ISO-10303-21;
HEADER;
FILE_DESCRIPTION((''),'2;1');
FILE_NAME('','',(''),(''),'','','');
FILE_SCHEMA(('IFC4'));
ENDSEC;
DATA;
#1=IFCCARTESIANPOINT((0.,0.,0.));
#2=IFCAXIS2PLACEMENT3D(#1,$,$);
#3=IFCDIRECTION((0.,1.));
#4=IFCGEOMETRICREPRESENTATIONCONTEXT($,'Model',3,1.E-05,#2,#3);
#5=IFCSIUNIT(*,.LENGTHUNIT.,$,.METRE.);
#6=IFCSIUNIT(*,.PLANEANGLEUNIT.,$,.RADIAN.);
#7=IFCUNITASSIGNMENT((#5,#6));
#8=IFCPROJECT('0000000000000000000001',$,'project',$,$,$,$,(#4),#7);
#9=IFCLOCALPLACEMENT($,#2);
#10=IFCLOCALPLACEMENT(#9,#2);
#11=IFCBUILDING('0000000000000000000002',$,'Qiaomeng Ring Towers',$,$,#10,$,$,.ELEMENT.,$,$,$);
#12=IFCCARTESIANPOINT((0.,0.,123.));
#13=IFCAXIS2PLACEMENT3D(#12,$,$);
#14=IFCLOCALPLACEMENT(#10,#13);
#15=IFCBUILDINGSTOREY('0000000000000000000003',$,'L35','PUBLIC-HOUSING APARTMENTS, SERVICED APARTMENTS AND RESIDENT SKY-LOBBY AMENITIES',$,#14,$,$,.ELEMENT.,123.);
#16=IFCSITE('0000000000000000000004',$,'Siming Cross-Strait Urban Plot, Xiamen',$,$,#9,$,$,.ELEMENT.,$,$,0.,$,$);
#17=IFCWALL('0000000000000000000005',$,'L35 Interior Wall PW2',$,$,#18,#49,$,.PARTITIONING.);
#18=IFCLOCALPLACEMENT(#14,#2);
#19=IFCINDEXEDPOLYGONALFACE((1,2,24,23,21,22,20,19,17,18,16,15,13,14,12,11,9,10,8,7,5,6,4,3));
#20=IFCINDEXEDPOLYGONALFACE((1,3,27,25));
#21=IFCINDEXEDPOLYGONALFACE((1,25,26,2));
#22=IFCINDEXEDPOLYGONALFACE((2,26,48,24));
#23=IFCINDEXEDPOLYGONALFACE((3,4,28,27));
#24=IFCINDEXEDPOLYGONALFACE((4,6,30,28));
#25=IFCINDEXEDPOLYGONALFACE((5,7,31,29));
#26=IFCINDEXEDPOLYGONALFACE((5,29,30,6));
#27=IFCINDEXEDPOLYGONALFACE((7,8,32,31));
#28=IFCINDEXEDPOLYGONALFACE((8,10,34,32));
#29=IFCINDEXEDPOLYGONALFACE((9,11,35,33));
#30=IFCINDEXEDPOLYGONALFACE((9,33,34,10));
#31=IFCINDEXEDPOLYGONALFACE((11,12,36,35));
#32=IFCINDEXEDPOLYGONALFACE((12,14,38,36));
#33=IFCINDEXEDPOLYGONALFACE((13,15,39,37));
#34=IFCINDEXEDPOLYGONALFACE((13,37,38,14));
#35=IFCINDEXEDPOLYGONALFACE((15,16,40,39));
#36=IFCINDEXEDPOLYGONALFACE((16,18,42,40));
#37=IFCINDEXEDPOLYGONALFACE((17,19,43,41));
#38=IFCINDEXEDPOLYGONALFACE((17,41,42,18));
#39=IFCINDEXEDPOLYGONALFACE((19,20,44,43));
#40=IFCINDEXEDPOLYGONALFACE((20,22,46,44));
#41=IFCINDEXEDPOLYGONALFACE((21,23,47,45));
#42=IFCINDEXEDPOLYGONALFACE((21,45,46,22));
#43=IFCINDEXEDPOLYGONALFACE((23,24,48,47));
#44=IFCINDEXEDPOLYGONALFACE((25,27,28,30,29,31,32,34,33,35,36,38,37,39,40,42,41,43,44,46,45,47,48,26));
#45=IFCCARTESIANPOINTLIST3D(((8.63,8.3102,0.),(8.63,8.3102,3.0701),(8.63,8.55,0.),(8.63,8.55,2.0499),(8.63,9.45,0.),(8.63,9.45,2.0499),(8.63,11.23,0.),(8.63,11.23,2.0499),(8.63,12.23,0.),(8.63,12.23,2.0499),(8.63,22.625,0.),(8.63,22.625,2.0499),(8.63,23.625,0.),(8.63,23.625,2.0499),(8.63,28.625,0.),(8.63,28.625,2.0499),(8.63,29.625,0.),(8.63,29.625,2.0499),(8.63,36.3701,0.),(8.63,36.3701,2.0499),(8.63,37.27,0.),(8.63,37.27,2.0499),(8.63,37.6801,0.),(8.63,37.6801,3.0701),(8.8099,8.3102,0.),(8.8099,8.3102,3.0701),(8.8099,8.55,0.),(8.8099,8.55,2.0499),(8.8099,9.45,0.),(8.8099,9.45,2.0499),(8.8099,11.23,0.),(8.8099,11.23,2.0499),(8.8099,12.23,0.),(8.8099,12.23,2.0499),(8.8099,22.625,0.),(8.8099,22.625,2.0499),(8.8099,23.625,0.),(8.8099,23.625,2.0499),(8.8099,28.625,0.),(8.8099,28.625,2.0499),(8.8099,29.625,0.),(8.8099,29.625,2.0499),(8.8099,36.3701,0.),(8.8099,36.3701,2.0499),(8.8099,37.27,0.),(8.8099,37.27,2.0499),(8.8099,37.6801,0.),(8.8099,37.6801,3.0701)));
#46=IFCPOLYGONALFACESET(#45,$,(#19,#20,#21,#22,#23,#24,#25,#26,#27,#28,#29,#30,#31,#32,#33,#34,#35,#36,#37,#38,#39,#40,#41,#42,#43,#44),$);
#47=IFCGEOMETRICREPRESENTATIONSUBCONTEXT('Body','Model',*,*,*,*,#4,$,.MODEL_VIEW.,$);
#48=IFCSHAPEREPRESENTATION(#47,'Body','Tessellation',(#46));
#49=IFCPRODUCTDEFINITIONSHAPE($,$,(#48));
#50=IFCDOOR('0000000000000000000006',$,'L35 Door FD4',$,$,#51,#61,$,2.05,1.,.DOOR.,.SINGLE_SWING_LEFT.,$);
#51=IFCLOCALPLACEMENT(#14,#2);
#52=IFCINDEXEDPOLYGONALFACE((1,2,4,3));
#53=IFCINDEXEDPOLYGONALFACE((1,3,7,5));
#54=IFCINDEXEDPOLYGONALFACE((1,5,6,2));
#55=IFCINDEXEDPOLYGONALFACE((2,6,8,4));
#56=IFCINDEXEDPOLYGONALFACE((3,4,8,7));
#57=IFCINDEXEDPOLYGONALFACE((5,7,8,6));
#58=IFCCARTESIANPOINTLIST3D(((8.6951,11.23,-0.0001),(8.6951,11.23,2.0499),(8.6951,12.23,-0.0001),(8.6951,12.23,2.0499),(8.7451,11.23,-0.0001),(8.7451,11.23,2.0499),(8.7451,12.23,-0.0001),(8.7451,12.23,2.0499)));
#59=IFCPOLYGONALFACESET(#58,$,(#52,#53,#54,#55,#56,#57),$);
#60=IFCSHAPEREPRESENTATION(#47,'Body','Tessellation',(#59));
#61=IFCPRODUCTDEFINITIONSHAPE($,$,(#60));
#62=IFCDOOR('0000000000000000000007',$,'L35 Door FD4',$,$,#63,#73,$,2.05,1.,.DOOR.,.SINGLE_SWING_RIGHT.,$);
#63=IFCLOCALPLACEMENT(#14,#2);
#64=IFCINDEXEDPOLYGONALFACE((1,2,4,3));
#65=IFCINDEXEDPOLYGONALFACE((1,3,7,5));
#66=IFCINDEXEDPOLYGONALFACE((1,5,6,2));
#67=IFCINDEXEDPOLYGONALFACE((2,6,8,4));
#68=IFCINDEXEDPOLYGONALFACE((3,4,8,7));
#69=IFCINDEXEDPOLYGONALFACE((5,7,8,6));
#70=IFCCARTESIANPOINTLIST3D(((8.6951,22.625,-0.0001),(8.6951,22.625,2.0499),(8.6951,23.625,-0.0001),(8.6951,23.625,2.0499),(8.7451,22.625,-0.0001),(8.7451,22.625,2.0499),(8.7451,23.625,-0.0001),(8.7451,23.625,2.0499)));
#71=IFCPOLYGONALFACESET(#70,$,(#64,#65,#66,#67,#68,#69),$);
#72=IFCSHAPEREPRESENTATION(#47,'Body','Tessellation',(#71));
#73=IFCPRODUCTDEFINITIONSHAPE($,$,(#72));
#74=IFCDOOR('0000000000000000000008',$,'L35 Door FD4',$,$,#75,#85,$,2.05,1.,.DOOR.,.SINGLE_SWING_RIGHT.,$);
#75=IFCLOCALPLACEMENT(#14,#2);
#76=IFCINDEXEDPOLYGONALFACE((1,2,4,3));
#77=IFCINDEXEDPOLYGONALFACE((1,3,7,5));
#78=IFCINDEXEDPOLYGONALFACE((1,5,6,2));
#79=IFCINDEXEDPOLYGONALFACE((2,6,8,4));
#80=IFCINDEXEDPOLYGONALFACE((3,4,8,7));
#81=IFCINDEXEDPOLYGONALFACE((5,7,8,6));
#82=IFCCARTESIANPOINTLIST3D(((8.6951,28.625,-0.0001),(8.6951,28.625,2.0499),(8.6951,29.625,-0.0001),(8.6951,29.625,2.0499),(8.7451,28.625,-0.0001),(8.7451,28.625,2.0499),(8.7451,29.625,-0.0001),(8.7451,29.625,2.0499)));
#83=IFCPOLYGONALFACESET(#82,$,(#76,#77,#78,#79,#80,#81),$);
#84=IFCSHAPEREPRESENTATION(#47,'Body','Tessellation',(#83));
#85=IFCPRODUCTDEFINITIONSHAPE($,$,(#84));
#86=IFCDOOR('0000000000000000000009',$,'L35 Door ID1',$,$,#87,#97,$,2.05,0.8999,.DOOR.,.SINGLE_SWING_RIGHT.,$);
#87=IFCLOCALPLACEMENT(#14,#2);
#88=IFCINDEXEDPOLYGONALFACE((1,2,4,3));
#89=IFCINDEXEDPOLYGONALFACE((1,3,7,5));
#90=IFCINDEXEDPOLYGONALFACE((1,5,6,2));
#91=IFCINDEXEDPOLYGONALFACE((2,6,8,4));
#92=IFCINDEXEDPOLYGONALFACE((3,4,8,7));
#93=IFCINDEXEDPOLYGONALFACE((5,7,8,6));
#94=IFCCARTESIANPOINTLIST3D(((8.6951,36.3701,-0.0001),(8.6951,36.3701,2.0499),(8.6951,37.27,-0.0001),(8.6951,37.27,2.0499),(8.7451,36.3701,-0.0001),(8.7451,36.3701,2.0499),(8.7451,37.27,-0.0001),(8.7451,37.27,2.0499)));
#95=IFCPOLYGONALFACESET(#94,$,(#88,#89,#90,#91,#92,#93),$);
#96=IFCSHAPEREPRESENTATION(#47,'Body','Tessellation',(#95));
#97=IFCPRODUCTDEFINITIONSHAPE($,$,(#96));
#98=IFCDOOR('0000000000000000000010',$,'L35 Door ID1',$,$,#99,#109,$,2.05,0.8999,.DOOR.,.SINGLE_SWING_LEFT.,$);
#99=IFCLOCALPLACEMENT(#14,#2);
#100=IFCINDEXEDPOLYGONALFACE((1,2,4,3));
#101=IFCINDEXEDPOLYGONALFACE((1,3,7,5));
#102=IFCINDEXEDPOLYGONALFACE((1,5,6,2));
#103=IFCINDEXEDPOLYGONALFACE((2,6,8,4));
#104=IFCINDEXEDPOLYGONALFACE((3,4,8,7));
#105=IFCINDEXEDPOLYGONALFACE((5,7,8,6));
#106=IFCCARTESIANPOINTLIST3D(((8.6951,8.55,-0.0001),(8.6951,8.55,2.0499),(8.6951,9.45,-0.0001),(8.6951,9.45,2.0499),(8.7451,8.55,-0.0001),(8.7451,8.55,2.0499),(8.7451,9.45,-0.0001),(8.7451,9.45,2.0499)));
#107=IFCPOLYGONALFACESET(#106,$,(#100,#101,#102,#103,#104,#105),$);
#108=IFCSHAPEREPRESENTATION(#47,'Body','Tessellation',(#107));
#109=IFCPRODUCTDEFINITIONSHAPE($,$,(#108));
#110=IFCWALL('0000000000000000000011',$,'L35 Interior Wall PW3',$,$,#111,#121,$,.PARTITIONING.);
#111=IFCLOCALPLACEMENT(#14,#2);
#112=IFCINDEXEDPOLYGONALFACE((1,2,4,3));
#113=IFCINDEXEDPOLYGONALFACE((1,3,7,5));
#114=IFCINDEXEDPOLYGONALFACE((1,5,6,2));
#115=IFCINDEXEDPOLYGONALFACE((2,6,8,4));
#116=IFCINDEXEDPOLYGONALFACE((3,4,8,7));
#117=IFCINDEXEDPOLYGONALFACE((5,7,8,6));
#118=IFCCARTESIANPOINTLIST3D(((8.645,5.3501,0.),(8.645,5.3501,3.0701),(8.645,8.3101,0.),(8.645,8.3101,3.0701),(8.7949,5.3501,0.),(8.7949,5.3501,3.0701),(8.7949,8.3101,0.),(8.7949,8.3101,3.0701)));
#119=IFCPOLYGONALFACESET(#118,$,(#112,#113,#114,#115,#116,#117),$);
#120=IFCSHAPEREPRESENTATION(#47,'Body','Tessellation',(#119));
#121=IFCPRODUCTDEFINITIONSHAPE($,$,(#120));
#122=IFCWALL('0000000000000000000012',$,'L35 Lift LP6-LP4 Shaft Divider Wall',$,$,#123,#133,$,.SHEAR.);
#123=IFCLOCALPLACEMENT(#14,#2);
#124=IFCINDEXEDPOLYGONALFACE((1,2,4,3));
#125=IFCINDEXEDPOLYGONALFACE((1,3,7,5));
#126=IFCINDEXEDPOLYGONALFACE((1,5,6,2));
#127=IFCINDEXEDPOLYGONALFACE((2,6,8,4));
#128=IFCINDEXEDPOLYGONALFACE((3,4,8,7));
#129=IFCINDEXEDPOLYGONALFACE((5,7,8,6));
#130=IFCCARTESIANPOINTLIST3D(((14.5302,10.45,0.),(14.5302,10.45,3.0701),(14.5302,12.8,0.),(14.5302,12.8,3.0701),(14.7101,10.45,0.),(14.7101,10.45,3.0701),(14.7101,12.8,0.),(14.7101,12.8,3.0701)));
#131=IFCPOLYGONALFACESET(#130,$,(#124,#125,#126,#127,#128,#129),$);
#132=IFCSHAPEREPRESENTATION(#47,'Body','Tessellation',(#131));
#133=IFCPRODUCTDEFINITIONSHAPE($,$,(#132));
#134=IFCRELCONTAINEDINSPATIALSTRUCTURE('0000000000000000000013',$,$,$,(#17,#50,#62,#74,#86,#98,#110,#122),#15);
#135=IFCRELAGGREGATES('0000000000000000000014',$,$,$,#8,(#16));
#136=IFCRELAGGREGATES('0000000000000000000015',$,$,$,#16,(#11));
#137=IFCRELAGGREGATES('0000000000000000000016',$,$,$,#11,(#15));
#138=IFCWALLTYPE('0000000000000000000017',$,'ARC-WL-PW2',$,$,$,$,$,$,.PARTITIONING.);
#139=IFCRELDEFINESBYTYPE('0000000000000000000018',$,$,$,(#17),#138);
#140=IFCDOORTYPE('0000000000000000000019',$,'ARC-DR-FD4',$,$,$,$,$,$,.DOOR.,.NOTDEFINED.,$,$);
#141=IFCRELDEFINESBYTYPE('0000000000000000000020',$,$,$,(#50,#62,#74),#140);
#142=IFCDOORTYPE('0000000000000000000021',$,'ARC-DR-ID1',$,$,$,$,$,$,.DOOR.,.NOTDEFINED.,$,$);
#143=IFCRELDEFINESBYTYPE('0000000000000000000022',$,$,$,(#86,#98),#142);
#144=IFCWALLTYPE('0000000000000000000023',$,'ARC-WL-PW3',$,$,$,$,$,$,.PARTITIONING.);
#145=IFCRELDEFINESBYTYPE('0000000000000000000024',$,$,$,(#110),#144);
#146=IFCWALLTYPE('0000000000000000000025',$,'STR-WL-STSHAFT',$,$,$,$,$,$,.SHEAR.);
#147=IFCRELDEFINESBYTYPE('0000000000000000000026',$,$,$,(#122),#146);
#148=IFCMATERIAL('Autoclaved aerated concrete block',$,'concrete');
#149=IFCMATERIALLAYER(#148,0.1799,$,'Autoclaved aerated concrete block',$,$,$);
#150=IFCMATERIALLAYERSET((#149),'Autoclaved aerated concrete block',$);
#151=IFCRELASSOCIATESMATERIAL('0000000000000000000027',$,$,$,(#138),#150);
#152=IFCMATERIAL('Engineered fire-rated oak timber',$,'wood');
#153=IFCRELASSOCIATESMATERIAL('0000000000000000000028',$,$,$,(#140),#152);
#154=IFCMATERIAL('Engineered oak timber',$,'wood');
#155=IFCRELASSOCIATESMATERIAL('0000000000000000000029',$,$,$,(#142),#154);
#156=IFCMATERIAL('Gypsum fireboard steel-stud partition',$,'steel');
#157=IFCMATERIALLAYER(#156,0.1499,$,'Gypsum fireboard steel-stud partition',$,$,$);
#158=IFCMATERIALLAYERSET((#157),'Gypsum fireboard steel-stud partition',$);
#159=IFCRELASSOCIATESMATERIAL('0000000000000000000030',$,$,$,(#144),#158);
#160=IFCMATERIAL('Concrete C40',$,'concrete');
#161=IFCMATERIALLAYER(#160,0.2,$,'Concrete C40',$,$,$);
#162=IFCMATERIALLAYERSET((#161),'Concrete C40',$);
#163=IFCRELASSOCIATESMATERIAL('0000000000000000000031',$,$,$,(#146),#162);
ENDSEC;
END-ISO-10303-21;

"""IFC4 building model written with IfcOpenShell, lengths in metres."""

from ifc_helpers import new_model, si_unit, direction, frame, frame_2d, origin, place, context, subcontext, project, spatial, rectangle, extrude, source, transform, mapped, material, layer, layer_set, type_object, element, fill, save


model = new_model("IFC4")

# Units and contexts
model_context = context("Model", 3, precision=1e-05, world=origin(), true_north=direction((0.0, 1.0)))
body_context = subcontext(model_context, "Body", "Model", "MODEL_VIEW")
ifc_project = project(units=[si_unit("LENGTHUNIT", "METRE"), si_unit("PLANEANGLEUNIT", "RADIAN")], contexts=[model_context])

# Site, building, storey
site_placement = place(None, origin())
site = spatial("IfcSite", under=ifc_project, at=site_placement, Name="Siming Cross-Strait Urban Plot, Xiamen", CompositionType="ELEMENT", RefElevation=0.0)
building_placement = place(site_placement, origin())
building = spatial("IfcBuilding", under=site, at=building_placement, Name="Qiaomeng Ring Towers", CompositionType="ELEMENT")
storey_placement = place(building_placement, frame((0.0, 0.0, 123.0)))
storey = spatial("IfcBuildingStorey", under=building, at=storey_placement, Name="L35", Description="PUBLIC-HOUSING APARTMENTS, SERVICED APARTMENTS AND RESIDENT SKY-LOBBY AMENITIES", CompositionType="ELEMENT", Elevation=123.0)

# Shared definitions
ifc_material_1 = material(Name="Autoclaved aerated concrete block", Category="concrete")

# Wall, openings, doors
ifc_layer_1 = layer(ifc_material_1, 0.1799, Name="Autoclaved aerated concrete block")
ifc_layer_set_1 = layer_set([ifc_layer_1], Name="Autoclaved aerated concrete block")
wall_type_1 = type_object("IfcWallType", Name="ARC-WL-PW2", PredefinedType="PARTITIONING", material=ifc_layer_set_1)
ifc_material_2 = material(Name="Engineered fire-rated oak timber", Category="wood")
door_type_1 = type_object("IfcDoorType", Name="ARC-DR-FD4", OperationType="NOTDEFINED", PredefinedType="DOOR", material=ifc_material_2)
shared_shape_1 = source(origin(), body_context, "Body", "SweptSolid", [
    extrude(rectangle(XDim=1.0, YDim=2.05, at=frame_2d((0.5, 1.0249))), frame((0.0, 0.0249, 0.0), z_axis=(0.0, -1.0, 0.0), x_axis=(1.0, 0.0, 0.0)), (0.0, 0.0, 1.0), 0.05),
])
wall_1_placement = place(storey_placement, frame((8.72, 8.3101, 0.0), z_axis=(0.0, 0.0, 1.0), x_axis=(0.0, 1.0, 0.0)))
wall_1 = element("IfcWall", 1, at=wall_1_placement, inside=storey, type_object=wall_type_1, Name="L35 Interior Wall PW2", PredefinedType="PARTITIONING", context=body_context, shape_type="SweptSolid", body=[
    extrude(rectangle(XDim=29.3699, YDim=0.1799, at=frame_2d((14.6851, 0.0))), origin(), (0.0, 0.0, 1.0), 3.0701),
])
opening_1_placement = place(wall_1_placement, frame((28.0601, 0.0, 0.0)))
opening_1 = element("IfcOpeningElement", 2, at=opening_1_placement, cuts=wall_1, PredefinedType="OPENING", context=body_context, shape_type="SweptSolid", body=[
    extrude(rectangle(XDim=0.8999, YDim=2.05, at=frame_2d((0.45, 1.0249))), frame((0.0, 0.0999, 0.0), z_axis=(0.0, -1.0, 0.0), x_axis=(1.0, 0.0, 0.0)), (0.0, 0.0, 1.0), 0.2),
])
opening_2_placement = place(wall_1_placement, frame((0.24, 0.0, 0.0)))
opening_2 = element("IfcOpeningElement", 3, at=opening_2_placement, cuts=wall_1, PredefinedType="OPENING", context=body_context, shape_type="SweptSolid", body=[
    extrude(rectangle(XDim=0.8999, YDim=2.05, at=frame_2d((0.45, 1.0249))), frame((0.0, 0.0999, 0.0), z_axis=(0.0, -1.0, 0.0), x_axis=(1.0, 0.0, 0.0)), (0.0, 0.0, 1.0), 0.2),
])
opening_3_placement = place(wall_1_placement, frame((2.9199, 0.0, 0.0)))
opening_3 = element("IfcOpeningElement", 4, at=opening_3_placement, cuts=wall_1, PredefinedType="OPENING", context=body_context, shape_type="SweptSolid", body=[
    extrude(rectangle(XDim=1.0, YDim=2.05, at=frame_2d((0.5, 1.0249))), frame((0.0, 0.0999, 0.0), z_axis=(0.0, -1.0, 0.0), x_axis=(1.0, 0.0, 0.0)), (0.0, 0.0, 1.0), 0.2),
])
opening_4_placement = place(wall_1_placement, frame((14.3149, 0.0, 0.0)))
opening_4 = element("IfcOpeningElement", 5, at=opening_4_placement, cuts=wall_1, PredefinedType="OPENING", context=body_context, shape_type="SweptSolid", body=[
    extrude(rectangle(XDim=1.0, YDim=2.05, at=frame_2d((0.5, 1.0249))), frame((0.0, 0.0999, 0.0), z_axis=(0.0, -1.0, 0.0), x_axis=(1.0, 0.0, 0.0)), (0.0, 0.0, 1.0), 0.2),
])
opening_5_placement = place(wall_1_placement, frame((20.3149, 0.0, 0.0)))
opening_5 = element("IfcOpeningElement", 6, at=opening_5_placement, cuts=wall_1, PredefinedType="OPENING", context=body_context, shape_type="SweptSolid", body=[
    extrude(rectangle(XDim=1.0, YDim=2.05, at=frame_2d((0.5, 1.0249))), frame((0.0, 0.0999, 0.0), z_axis=(0.0, -1.0, 0.0), x_axis=(1.0, 0.0, 0.0)), (0.0, 0.0, 1.0), 0.2),
])
door_1_placement = place(opening_3_placement, origin())
door_1 = element("IfcDoor", 7, at=door_1_placement, inside=storey, type_object=door_type_1, Name="L35 Door FD4", OperationType="SINGLE_SWING_LEFT", OverallHeight=2.05, OverallWidth=1.0, PredefinedType="DOOR", context=body_context, shape_type="MappedRepresentation", body=[
    mapped(shared_shape_1, transform((0.0, 0.0, 0.0), x_axis=(1.0, 0.0, 0.0), y_axis=(0.0, 1.0, 0.0), z_axis=(0.0, 0.0, 1.0), scale=1.0)),
])
fill(opening_3, door_1)
door_2_placement = place(opening_4_placement, origin())
door_2 = element("IfcDoor", 8, at=door_2_placement, inside=storey, type_object=door_type_1, Name="L35 Door FD4", OperationType="SINGLE_SWING_RIGHT", OverallHeight=2.05, OverallWidth=1.0, PredefinedType="DOOR", context=body_context, shape_type="MappedRepresentation", body=[
    mapped(shared_shape_1, transform((0.0, 0.0, 0.0), x_axis=(1.0, 0.0, 0.0), y_axis=(0.0, 1.0, 0.0), z_axis=(0.0, 0.0, 1.0), scale=1.0)),
])
fill(opening_4, door_2)
door_3_placement = place(opening_5_placement, origin())
door_3 = element("IfcDoor", 9, at=door_3_placement, inside=storey, type_object=door_type_1, Name="L35 Door FD4", OperationType="SINGLE_SWING_RIGHT", OverallHeight=2.05, OverallWidth=1.0, PredefinedType="DOOR", context=body_context, shape_type="MappedRepresentation", body=[
    mapped(shared_shape_1, transform((0.0, 0.0, 0.0), x_axis=(1.0, 0.0, 0.0), y_axis=(0.0, 1.0, 0.0), z_axis=(0.0, 0.0, 1.0), scale=1.0)),
])
fill(opening_5, door_3)
ifc_material_3 = material(Name="Engineered oak timber", Category="wood")
door_type_2 = type_object("IfcDoorType", Name="ARC-DR-ID1", OperationType="NOTDEFINED", PredefinedType="DOOR", material=ifc_material_3)
shared_shape_2 = source(origin(), body_context, "Body", "SweptSolid", [
    extrude(rectangle(XDim=0.8999, YDim=2.05, at=frame_2d((0.45, 1.0249))), frame((0.0, 0.0249, 0.0), z_axis=(0.0, -1.0, 0.0), x_axis=(1.0, 0.0, 0.0)), (0.0, 0.0, 1.0), 0.05),
])
door_4_placement = place(opening_1_placement, origin())
door_4 = element("IfcDoor", 10, at=door_4_placement, inside=storey, type_object=door_type_2, Name="L35 Door ID1", OperationType="SINGLE_SWING_RIGHT", OverallHeight=2.05, OverallWidth=0.8999, PredefinedType="DOOR", context=body_context, shape_type="MappedRepresentation", body=[
    mapped(shared_shape_2, transform((0.0, 0.0, 0.0), x_axis=(1.0, 0.0, 0.0), y_axis=(0.0, 1.0, 0.0), z_axis=(0.0, 0.0, 1.0), scale=1.0)),
])
fill(opening_1, door_4)
door_5_placement = place(opening_2_placement, origin())
door_5 = element("IfcDoor", 11, at=door_5_placement, inside=storey, type_object=door_type_2, Name="L35 Door ID1", OperationType="SINGLE_SWING_LEFT", OverallHeight=2.05, OverallWidth=0.8999, PredefinedType="DOOR", context=body_context, shape_type="MappedRepresentation", body=[
    mapped(shared_shape_2, transform((0.0, 0.0, 0.0), x_axis=(1.0, 0.0, 0.0), y_axis=(0.0, 1.0, 0.0), z_axis=(0.0, 0.0, 1.0), scale=1.0)),
])
fill(opening_2, door_5)

# Walls
ifc_material_4 = material(Name="Gypsum fireboard steel-stud partition", Category="steel")
ifc_layer_2 = layer(ifc_material_4, 0.1499, Name="Gypsum fireboard steel-stud partition")
ifc_layer_set_2 = layer_set([ifc_layer_2], Name="Gypsum fireboard steel-stud partition")
wall_type_2 = type_object("IfcWallType", Name="ARC-WL-PW3", PredefinedType="PARTITIONING", material=ifc_layer_set_2)
wall_2_placement = place(storey_placement, frame((8.72, 5.3501, 0.0), z_axis=(0.0, 0.0, 1.0), x_axis=(0.0, 1.0, 0.0)))
element("IfcWall", 12, at=wall_2_placement, inside=storey, type_object=wall_type_2, Name="L35 Interior Wall PW3", PredefinedType="PARTITIONING", context=body_context, shape_type="SweptSolid", body=[
    extrude(rectangle(XDim=2.96, YDim=0.1499, at=frame_2d((1.48, 0.0))), origin(), (0.0, 0.0, 1.0), 3.0701),
])
ifc_material_5 = material(Name="Concrete C40", Category="concrete")
ifc_layer_3 = layer(ifc_material_5, 0.2, Name="Concrete C40")
ifc_layer_set_3 = layer_set([ifc_layer_3], Name="Concrete C40")
wall_type_3 = type_object("IfcWallType", Name="STR-WL-STSHAFT", PredefinedType="SHEAR", material=ifc_layer_set_3)
wall_3_placement = place(storey_placement, frame((14.6201, 10.45, 0.0), z_axis=(0.0, 0.0, 1.0), x_axis=(0.0, 1.0, 0.0)))
element("IfcWall", 13, at=wall_3_placement, inside=storey, type_object=wall_type_3, Name="L35 Lift LP6-LP4 Shaft Divider Wall", PredefinedType="SHEAR", context=body_context, shape_type="SweptSolid", body=[
    extrude(rectangle(XDim=2.3501, YDim=0.1799, at=frame_2d((1.175, 0.0))), origin(), (0.0, 0.0, 1.0), 3.0701),
])

save(model, "model.ifc")
